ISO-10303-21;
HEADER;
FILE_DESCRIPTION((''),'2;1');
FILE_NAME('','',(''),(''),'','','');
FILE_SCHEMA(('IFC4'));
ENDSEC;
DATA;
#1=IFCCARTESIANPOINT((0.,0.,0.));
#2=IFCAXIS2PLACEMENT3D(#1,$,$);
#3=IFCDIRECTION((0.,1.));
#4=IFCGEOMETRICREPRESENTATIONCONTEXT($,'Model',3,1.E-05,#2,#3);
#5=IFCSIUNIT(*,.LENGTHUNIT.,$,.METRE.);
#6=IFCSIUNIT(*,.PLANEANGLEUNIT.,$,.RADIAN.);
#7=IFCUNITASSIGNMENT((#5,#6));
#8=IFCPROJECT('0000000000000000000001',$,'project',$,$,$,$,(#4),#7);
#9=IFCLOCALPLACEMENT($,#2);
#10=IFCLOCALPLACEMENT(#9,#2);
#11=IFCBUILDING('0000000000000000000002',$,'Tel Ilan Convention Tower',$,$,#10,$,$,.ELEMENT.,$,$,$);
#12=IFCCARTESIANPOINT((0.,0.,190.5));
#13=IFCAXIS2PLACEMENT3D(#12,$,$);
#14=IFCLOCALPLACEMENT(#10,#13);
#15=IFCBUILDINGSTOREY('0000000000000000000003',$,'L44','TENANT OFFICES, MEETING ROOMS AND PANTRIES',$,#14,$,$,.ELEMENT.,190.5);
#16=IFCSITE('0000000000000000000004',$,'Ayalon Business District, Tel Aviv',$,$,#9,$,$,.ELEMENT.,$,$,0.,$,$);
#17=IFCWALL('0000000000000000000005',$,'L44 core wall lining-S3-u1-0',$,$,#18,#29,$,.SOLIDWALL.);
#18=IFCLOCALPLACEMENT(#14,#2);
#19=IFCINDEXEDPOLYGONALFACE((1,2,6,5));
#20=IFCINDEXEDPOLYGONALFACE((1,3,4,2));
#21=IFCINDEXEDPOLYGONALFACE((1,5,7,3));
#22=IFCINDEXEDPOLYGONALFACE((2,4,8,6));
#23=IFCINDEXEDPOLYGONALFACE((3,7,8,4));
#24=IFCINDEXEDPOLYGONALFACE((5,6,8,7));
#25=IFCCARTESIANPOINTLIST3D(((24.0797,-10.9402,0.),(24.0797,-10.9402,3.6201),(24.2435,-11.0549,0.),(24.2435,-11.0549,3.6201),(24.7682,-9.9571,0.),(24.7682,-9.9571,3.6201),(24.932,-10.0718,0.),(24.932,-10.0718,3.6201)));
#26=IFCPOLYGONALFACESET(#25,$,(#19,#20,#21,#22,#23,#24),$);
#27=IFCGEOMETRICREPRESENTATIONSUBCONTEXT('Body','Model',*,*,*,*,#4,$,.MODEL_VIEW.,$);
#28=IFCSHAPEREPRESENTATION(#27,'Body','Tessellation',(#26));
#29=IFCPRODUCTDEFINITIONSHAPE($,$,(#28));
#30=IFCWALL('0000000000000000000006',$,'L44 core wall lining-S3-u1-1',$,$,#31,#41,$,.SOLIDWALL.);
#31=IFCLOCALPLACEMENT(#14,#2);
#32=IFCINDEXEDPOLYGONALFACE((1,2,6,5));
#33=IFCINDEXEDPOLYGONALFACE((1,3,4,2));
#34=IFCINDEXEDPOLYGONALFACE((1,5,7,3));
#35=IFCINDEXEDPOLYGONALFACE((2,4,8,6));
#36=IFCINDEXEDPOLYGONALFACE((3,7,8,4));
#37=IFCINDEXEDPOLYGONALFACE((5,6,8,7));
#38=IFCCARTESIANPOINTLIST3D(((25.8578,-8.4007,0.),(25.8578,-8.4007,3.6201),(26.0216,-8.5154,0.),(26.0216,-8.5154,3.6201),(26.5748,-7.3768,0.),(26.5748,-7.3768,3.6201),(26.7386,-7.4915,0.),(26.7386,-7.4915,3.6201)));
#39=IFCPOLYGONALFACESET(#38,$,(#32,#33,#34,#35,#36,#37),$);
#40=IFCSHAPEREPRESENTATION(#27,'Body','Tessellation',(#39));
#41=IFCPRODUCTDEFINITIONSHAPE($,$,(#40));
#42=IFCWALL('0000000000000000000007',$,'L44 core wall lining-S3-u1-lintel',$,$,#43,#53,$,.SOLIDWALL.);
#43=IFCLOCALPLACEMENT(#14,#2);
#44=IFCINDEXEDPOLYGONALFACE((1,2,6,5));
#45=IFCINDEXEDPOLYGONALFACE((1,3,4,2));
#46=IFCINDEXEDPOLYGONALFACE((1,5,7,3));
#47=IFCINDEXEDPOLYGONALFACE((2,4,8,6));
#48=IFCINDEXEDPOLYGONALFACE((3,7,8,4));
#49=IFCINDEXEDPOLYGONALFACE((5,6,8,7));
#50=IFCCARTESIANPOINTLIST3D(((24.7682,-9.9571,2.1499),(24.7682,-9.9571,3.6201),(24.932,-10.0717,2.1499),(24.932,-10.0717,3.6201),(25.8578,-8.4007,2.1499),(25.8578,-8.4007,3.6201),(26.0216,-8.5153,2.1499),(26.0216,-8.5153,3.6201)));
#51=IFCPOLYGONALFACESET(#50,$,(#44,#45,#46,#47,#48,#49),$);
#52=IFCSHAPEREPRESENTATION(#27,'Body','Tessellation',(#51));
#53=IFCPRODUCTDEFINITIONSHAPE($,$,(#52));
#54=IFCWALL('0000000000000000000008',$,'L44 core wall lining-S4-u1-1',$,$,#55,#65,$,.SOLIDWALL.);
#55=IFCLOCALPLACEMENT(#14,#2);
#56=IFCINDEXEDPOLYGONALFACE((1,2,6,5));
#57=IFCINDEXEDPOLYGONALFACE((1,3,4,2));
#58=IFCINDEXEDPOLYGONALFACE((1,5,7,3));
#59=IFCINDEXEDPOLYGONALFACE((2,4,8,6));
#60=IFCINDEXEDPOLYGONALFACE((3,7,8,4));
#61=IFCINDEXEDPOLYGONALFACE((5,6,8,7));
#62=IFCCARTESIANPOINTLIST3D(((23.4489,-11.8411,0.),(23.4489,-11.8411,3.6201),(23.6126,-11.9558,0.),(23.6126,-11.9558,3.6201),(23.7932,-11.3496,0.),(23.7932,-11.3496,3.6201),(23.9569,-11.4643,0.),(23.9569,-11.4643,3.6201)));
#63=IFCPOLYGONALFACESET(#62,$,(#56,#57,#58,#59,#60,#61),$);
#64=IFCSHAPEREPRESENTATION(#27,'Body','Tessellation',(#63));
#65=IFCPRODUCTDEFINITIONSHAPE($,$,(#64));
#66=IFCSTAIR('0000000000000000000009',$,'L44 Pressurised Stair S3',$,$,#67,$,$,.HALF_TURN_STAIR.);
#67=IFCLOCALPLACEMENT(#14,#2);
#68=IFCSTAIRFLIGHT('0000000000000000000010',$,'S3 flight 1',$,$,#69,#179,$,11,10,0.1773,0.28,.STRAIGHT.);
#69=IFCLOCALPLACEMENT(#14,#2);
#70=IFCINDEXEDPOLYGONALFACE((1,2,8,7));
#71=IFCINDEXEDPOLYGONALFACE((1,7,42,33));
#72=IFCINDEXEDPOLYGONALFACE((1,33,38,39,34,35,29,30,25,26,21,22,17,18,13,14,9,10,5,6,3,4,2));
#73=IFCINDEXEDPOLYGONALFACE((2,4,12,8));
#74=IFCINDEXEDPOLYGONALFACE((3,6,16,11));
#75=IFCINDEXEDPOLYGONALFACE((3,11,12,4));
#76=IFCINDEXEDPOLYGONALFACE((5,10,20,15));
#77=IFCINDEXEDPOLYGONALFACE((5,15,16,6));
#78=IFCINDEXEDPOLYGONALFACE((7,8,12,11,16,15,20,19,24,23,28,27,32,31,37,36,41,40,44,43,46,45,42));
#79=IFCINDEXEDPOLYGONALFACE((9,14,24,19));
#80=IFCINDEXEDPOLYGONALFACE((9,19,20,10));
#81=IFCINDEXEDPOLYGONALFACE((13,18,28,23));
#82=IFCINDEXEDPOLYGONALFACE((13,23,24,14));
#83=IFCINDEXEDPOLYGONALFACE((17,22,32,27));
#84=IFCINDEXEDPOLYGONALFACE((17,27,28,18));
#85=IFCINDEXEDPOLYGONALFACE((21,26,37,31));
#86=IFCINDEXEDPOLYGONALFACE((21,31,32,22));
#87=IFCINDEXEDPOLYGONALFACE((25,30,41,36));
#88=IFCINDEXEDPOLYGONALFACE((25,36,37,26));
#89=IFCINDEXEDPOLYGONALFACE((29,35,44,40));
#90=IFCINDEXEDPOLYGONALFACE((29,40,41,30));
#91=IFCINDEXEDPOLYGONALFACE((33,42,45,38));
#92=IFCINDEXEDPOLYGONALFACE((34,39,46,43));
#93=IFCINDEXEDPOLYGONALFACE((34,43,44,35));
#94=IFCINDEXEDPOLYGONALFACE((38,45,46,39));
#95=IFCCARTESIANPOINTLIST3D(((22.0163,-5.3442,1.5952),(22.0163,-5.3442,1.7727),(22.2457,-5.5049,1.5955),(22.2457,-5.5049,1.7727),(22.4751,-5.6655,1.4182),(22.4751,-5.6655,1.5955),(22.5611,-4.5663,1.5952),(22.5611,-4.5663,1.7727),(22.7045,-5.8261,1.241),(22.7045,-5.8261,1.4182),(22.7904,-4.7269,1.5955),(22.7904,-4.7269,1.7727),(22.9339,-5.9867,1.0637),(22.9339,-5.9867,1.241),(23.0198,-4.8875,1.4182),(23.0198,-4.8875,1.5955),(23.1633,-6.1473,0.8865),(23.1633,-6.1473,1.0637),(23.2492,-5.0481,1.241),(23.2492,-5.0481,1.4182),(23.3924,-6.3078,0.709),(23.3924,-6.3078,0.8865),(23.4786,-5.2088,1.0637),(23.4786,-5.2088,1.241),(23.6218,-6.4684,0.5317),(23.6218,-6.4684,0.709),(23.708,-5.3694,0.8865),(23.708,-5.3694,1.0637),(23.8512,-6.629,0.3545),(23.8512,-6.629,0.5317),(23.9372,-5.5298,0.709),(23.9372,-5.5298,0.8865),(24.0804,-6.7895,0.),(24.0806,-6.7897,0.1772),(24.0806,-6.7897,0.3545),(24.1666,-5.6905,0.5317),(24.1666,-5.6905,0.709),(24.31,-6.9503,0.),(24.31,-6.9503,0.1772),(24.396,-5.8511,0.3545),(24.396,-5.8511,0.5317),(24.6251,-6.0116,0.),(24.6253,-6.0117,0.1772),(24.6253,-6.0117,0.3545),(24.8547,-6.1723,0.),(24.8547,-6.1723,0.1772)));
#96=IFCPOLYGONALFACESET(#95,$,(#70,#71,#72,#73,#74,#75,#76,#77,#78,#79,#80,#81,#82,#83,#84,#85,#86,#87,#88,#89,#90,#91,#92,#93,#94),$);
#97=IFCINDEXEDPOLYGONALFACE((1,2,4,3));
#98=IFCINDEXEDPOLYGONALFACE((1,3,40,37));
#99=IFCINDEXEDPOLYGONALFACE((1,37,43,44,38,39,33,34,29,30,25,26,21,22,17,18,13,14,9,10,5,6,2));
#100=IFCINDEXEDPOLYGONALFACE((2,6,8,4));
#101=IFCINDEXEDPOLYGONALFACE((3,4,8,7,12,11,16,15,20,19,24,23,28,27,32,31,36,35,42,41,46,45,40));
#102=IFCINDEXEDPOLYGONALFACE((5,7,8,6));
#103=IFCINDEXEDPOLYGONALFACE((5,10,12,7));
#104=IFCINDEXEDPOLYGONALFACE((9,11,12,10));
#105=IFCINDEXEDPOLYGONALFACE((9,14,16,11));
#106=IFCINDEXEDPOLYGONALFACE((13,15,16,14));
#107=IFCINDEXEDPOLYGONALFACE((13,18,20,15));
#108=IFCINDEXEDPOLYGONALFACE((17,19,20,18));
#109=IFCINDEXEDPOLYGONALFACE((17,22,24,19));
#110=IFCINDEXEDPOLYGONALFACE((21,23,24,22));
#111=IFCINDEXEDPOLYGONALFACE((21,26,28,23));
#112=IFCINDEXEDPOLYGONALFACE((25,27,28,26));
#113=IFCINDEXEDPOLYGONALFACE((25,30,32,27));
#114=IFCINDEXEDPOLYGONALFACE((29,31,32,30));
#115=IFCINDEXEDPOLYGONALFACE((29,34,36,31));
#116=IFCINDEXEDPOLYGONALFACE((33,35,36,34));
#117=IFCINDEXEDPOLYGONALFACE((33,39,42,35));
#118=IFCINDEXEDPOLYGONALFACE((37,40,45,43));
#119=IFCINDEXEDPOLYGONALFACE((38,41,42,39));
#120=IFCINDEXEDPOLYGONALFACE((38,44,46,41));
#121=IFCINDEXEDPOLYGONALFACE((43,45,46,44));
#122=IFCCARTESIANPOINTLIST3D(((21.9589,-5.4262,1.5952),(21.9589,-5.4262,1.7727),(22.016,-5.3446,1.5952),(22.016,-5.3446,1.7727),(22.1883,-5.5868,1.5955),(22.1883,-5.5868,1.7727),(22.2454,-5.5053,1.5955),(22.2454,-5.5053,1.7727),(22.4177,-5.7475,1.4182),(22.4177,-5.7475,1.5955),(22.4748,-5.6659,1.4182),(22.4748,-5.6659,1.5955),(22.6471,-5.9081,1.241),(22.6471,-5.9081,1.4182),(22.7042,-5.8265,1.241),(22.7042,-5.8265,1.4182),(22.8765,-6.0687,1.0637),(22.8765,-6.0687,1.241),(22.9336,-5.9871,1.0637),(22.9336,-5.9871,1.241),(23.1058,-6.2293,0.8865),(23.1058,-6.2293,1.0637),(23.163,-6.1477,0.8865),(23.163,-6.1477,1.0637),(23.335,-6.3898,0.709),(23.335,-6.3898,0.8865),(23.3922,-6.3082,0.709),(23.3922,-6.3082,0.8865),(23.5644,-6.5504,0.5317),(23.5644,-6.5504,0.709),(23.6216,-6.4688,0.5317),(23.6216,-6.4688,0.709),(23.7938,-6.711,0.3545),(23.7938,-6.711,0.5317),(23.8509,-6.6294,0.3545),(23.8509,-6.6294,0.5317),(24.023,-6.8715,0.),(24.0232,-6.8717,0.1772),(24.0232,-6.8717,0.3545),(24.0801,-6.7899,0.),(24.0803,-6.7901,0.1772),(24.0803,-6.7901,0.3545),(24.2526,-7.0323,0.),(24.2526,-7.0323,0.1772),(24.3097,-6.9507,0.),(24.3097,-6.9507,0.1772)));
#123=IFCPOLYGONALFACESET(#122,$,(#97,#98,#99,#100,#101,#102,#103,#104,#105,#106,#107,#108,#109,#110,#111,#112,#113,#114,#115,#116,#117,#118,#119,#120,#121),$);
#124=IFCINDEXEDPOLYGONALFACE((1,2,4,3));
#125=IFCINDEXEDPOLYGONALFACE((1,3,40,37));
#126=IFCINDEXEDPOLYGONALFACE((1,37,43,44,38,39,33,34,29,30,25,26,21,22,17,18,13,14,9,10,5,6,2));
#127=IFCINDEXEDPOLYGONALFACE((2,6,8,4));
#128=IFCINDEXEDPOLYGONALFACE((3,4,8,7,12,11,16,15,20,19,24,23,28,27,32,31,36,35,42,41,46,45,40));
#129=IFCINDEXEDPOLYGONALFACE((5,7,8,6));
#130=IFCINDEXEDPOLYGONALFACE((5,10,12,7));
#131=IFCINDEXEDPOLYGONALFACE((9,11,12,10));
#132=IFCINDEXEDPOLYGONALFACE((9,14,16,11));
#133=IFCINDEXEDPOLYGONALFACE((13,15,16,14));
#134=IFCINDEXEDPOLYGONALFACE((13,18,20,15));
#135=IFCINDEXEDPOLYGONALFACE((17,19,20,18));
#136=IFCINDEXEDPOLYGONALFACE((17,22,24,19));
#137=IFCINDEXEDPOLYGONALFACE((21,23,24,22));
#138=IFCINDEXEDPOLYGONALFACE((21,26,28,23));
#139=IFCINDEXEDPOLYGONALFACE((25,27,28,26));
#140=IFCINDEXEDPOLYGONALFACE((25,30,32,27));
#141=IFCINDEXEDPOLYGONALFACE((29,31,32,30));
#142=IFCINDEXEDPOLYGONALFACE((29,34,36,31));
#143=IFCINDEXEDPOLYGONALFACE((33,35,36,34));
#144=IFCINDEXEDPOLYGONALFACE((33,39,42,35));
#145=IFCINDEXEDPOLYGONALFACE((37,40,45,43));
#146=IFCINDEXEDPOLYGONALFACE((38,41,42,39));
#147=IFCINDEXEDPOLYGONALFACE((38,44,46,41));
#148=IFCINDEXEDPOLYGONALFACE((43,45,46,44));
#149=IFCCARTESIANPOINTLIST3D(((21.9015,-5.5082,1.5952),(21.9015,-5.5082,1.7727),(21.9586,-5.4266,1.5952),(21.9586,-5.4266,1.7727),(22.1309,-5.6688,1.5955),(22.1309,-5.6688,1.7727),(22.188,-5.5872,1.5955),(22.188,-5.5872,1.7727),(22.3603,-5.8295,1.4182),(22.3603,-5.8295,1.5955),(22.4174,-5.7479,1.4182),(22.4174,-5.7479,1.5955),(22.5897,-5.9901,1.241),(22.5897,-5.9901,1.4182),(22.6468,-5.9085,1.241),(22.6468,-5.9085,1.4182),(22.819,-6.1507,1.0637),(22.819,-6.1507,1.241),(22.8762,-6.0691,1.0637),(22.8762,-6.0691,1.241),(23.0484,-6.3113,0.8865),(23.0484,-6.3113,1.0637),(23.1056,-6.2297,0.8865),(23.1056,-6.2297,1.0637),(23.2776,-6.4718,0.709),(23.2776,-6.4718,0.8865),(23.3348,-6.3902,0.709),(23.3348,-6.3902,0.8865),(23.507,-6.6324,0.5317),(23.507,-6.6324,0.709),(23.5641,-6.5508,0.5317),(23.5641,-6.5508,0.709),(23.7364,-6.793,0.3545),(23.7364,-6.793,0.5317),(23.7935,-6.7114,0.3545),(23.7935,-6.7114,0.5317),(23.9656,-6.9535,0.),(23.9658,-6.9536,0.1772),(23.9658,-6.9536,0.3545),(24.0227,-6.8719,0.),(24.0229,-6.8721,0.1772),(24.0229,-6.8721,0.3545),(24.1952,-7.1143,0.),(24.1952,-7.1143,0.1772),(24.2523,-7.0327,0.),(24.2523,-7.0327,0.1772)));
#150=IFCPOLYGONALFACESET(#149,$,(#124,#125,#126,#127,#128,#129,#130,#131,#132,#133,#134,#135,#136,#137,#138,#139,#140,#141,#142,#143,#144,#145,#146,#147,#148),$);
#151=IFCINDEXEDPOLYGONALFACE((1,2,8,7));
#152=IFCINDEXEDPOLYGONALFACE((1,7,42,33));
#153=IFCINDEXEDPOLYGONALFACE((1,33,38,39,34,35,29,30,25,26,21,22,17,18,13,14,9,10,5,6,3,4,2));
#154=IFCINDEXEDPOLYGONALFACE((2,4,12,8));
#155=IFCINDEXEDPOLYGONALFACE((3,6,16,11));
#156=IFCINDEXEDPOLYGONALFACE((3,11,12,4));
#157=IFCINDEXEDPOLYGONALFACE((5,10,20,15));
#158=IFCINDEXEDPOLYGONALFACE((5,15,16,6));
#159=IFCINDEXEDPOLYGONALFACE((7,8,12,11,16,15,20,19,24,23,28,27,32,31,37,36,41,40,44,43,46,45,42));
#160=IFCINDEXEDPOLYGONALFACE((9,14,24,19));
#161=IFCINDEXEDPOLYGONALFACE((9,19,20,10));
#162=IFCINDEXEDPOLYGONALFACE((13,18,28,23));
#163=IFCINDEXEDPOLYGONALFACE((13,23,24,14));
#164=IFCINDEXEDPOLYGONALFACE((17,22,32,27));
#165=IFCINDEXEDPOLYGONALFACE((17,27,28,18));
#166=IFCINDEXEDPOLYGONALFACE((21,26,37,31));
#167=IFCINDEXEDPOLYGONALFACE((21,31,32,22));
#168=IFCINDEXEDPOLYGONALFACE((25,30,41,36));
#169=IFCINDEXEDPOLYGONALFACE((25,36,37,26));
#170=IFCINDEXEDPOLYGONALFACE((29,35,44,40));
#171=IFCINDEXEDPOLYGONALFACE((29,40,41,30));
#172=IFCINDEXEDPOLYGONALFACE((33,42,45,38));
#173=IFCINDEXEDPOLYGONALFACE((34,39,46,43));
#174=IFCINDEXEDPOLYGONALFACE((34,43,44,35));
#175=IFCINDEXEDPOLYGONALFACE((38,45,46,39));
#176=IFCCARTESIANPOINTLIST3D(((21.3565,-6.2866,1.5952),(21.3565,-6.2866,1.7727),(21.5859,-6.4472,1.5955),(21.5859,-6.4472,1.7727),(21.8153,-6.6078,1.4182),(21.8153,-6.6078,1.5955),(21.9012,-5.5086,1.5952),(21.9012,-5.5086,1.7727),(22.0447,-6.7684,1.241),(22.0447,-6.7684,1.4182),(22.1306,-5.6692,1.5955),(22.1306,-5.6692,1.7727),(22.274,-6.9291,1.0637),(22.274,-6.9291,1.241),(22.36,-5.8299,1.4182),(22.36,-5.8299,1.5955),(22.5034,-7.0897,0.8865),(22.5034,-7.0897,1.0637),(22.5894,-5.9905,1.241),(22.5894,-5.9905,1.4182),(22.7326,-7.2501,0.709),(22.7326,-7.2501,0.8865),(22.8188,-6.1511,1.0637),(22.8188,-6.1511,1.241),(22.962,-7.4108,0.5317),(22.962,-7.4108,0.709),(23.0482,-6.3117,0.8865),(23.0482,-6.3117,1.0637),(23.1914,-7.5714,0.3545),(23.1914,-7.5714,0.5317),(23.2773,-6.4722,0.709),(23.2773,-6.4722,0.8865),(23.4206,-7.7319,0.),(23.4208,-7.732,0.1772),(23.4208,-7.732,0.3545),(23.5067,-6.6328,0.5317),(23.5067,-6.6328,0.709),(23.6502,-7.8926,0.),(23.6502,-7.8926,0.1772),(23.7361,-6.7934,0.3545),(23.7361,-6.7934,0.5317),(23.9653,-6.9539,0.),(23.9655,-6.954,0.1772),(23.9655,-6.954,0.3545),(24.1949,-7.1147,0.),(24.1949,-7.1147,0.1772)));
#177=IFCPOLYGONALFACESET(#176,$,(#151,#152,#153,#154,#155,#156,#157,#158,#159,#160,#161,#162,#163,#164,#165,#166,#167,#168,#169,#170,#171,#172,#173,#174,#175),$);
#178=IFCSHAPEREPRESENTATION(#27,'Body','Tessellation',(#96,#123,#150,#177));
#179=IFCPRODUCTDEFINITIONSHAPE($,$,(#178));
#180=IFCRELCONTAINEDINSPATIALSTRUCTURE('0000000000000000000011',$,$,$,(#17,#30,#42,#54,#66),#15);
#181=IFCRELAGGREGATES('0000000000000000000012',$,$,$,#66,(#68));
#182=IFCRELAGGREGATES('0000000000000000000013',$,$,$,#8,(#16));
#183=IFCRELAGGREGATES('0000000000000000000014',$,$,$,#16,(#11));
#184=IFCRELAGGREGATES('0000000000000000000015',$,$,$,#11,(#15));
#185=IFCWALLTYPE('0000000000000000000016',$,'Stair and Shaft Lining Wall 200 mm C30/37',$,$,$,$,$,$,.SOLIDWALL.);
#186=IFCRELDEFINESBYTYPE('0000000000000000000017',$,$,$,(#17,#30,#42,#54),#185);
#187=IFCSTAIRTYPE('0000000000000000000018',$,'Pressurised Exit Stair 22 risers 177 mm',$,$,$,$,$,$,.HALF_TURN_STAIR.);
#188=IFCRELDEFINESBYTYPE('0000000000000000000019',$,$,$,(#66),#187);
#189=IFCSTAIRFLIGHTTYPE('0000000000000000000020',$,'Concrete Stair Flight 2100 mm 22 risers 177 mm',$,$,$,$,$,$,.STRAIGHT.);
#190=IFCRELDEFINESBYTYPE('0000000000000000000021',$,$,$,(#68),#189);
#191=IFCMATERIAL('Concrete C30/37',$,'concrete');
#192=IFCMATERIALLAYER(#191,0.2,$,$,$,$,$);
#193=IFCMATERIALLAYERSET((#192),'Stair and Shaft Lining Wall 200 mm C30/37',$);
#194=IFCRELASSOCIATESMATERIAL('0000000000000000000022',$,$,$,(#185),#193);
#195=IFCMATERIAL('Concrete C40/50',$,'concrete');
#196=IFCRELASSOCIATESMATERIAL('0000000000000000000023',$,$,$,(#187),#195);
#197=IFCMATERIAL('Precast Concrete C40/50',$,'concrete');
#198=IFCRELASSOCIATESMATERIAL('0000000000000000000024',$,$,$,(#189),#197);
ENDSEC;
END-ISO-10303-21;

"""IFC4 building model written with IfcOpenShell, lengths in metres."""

from ifc_helpers import new_model, si_unit, direction, frame, frame_2d, origin, place, context, subcontext, project, spatial, polyline, rectangle, outline, extrude, material, layer, layer_set, type_object, element, aggregate, save


model = new_model("IFC4")

# Units and contexts
model_context = context("Model", 3, precision=1e-05, world=origin(), true_north=direction((0.0, 1.0)))
body_context = subcontext(model_context, "Body", "Model", "MODEL_VIEW")
ifc_project = project(units=[si_unit("LENGTHUNIT", "METRE"), si_unit("PLANEANGLEUNIT", "RADIAN")], contexts=[model_context])

# Site, building, storey
site_placement = place(None, origin())
site = spatial("IfcSite", under=ifc_project, at=site_placement, Name="Ayalon Business District, Tel Aviv", CompositionType="ELEMENT", RefElevation=0.0)
building_placement = place(site_placement, origin())
building = spatial("IfcBuilding", under=site, at=building_placement, Name="Tel Ilan Convention Tower", CompositionType="ELEMENT")
storey_placement = place(building_placement, frame((0.0, 0.0, 190.5)))
storey = spatial("IfcBuildingStorey", under=building, at=storey_placement, Name="L44", Description="TENANT OFFICES, MEETING ROOMS AND PANTRIES", CompositionType="ELEMENT", Elevation=190.5)

# Walls
ifc_material_1 = material(Name="Concrete C30/37", Category="concrete")
ifc_layer_1 = layer(ifc_material_1, 0.2)
ifc_layer_set_1 = layer_set([ifc_layer_1], Name="Stair and Shaft Lining Wall 200 mm C30/37")
wall_type_1 = type_object("IfcWallType", Name="Stair and Shaft Lining Wall 200 mm C30/37", PredefinedType="SOLIDWALL", material=ifc_layer_set_1)
wall_1_placement = place(storey_placement, frame((24.1616, -10.9976, 0.0), z_axis=(0.0, 0.0, 1.0), x_axis=(0.573613, 0.819127, 0.0)))
element("IfcWall", 1, at=wall_1_placement, inside=storey, type_object=wall_type_1, Name="L44 core wall lining-S3-u1-0", PredefinedType="SOLIDWALL", context=body_context, shape_type="SweptSolid", body=[
    extrude(rectangle(XDim=1.2002, YDim=0.2, at=frame_2d((0.6001, 0.0))), origin(), (0.0, 0.0, 1.0), 3.6201),
])
wall_2_placement = place(storey_placement, frame((25.9397, -8.458, 0.0), z_axis=(0.0, 0.0, 1.0), x_axis=(0.57362, 0.819122, 0.0)))
element("IfcWall", 2, at=wall_2_placement, inside=storey, type_object=wall_type_1, Name="L44 core wall lining-S3-u1-1", PredefinedType="SOLIDWALL", context=body_context, shape_type="SweptSolid", body=[
    extrude(rectangle(XDim=1.25, YDim=0.2, at=frame_2d((0.625, 0.0))), origin(), (0.0, 0.0, 1.0), 3.6201),
])
wall_3_placement = place(storey_placement, frame((24.8501, -10.0144, 2.1499), z_axis=(0.0, 0.0, 1.0), x_axis=(0.573505, 0.819202, 0.0)))
element("IfcWall", 3, at=wall_3_placement, inside=storey, type_object=wall_type_1, Name="L44 core wall lining-S3-u1-lintel", PredefinedType="SOLIDWALL", context=body_context, shape_type="SweptSolid", body=[
    extrude(rectangle(XDim=1.8999, YDim=0.2, at=frame_2d((0.95, 0.0))), origin(), (0.0, 0.0, 1.0), 1.4702),
])
wall_4_placement = place(storey_placement, frame((23.5308, -11.8984, 0.0), z_axis=(0.0, 0.0, 1.0), x_axis=(0.573708, 0.81906, 0.0)))
element("IfcWall", 4, at=wall_4_placement, inside=storey, type_object=wall_type_1, Name="L44 core wall lining-S4-u1-1", PredefinedType="SOLIDWALL", context=body_context, shape_type="SweptSolid", body=[
    extrude(rectangle(XDim=0.6001, YDim=0.2, at=frame_2d((0.3, 0.0))), origin(), (0.0, 0.0, 1.0), 3.6201),
])

# Stair, stair flight
ifc_material_2 = material(Name="Concrete C40/50", Category="concrete")
stair_type = type_object("IfcStairType", Name="Pressurised Exit Stair 22 risers 177 mm", PredefinedType="HALF_TURN_STAIR", material=ifc_material_2)
stair_placement = place(storey_placement, origin())
stair = element("IfcStair", 5, at=stair_placement, inside=storey, type_object=stair_type, Name="L44 Pressurised Stair S3", PredefinedType="HALF_TURN_STAIR")
ifc_material_3 = material(Name="Precast Concrete C40/50", Category="concrete")
stair_flight_type = type_object("IfcStairFlightType", Name="Concrete Stair Flight 2100 mm 22 risers 177 mm", PredefinedType="STRAIGHT", material=ifc_material_3)
stair_flight_placement = place(storey_placement, frame((24.2524, -7.0325, 0.0), z_axis=(0.0, 0.0, 1.0), x_axis=(-0.819152, 0.573576, 0.0)))
stair_flight = element("IfcStairFlight", 6, at=stair_flight_placement, type_object=stair_flight_type, Name="S3 flight 1", NumberOfRisers=11, NumberOfTreads=10, PredefinedType="STRAIGHT", RiserHeight=0.1773, TreadLength=0.28, context=body_context, shape_type="SweptSolid", body=[
    extrude(outline(polyline([(0.0, 0.0), (0.0, 0.1772), (0.28, 0.1772), (0.28, 0.3545), (0.5601, 0.3545), (0.5601, 0.5317), (0.8401, 0.5317), (0.8401, 0.709), (1.1201, 0.709), (1.1201, 0.8865), (1.3999, 0.8865), (1.3999, 1.0637), (1.6799, 1.0637), (1.6799, 1.241), (1.96, 1.241), (1.96, 1.4182), (2.24, 1.4182), (2.24, 1.5955), (2.52, 1.5955), (2.52, 1.7727), (2.8, 1.7727), (2.8, 1.95), (2.8, 1.5952), (0.2803, 0.0), (0.0, 0.0)])), frame((0.0, -0.1003, 0.0), z_axis=(0.0, -1.0, 0.0), x_axis=(1.0, 0.0, 0.0)), (0.0, 0.0, 1.0), 0.9497),
    extrude(outline(polyline([(0.0, 0.0), (0.0, 0.1772), (0.28, 0.1772), (0.28, 0.3545), (0.5601, 0.3545), (0.5601, 0.5317), (0.8401, 0.5317), (0.8401, 0.709), (1.1201, 0.709), (1.1201, 0.8865), (1.3999, 0.8865), (1.3999, 1.0637), (1.6799, 1.0637), (1.6799, 1.241), (1.96, 1.241), (1.96, 1.4182), (2.24, 1.4182), (2.24, 1.5955), (2.52, 1.5955), (2.52, 1.7727), (2.8, 1.7727), (2.8, 1.95), (2.8, 1.5952), (0.2803, 0.0), (0.0, 0.0)])), frame((0.0, -0.0002, 0.0), z_axis=(0.0, -1.0, 0.0), x_axis=(1.0, 0.0, 0.0)), (0.0, 0.0, 1.0), 0.0996),
    extrude(outline(polyline([(0.0, 0.0), (0.0, 0.1772), (0.28, 0.1772), (0.28, 0.3545), (0.5601, 0.3545), (0.5601, 0.5317), (0.8401, 0.5317), (0.8401, 0.709), (1.1201, 0.709), (1.1201, 0.8865), (1.3999, 0.8865), (1.3999, 1.0637), (1.6799, 1.0637), (1.6799, 1.241), (1.96, 1.241), (1.96, 1.4182), (2.24, 1.4182), (2.24, 1.5955), (2.52, 1.5955), (2.52, 1.7727), (2.8, 1.7727), (2.8, 1.95), (2.8, 1.5952), (0.2803, 0.0), (0.0, 0.0)])), frame((0.0, 0.0999, 0.0), z_axis=(0.0, -1.0, 0.0), x_axis=(1.0, 0.0, 0.0)), (0.0, 0.0, 1.0), 0.0996),
    extrude(outline(polyline([(0.0, 0.0), (0.0, 0.1772), (0.28, 0.1772), (0.28, 0.3545), (0.5601, 0.3545), (0.5601, 0.5317), (0.8401, 0.5317), (0.8401, 0.709), (1.1201, 0.709), (1.1201, 0.8865), (1.3999, 0.8865), (1.3999, 1.0637), (1.6799, 1.0637), (1.6799, 1.241), (1.96, 1.241), (1.96, 1.4182), (2.24, 1.4182), (2.24, 1.5955), (2.52, 1.5955), (2.52, 1.7727), (2.8, 1.7727), (2.8, 1.95), (2.8, 1.5952), (0.2803, 0.0), (0.0, 0.0)])), frame((0.0, 1.05, 0.0), z_axis=(0.0, -1.0, 0.0), x_axis=(1.0, 0.0, 0.0)), (0.0, 0.0, 1.0), 0.9497),
])
aggregate(stair, [stair_flight])

save(model, "model.ifc")
